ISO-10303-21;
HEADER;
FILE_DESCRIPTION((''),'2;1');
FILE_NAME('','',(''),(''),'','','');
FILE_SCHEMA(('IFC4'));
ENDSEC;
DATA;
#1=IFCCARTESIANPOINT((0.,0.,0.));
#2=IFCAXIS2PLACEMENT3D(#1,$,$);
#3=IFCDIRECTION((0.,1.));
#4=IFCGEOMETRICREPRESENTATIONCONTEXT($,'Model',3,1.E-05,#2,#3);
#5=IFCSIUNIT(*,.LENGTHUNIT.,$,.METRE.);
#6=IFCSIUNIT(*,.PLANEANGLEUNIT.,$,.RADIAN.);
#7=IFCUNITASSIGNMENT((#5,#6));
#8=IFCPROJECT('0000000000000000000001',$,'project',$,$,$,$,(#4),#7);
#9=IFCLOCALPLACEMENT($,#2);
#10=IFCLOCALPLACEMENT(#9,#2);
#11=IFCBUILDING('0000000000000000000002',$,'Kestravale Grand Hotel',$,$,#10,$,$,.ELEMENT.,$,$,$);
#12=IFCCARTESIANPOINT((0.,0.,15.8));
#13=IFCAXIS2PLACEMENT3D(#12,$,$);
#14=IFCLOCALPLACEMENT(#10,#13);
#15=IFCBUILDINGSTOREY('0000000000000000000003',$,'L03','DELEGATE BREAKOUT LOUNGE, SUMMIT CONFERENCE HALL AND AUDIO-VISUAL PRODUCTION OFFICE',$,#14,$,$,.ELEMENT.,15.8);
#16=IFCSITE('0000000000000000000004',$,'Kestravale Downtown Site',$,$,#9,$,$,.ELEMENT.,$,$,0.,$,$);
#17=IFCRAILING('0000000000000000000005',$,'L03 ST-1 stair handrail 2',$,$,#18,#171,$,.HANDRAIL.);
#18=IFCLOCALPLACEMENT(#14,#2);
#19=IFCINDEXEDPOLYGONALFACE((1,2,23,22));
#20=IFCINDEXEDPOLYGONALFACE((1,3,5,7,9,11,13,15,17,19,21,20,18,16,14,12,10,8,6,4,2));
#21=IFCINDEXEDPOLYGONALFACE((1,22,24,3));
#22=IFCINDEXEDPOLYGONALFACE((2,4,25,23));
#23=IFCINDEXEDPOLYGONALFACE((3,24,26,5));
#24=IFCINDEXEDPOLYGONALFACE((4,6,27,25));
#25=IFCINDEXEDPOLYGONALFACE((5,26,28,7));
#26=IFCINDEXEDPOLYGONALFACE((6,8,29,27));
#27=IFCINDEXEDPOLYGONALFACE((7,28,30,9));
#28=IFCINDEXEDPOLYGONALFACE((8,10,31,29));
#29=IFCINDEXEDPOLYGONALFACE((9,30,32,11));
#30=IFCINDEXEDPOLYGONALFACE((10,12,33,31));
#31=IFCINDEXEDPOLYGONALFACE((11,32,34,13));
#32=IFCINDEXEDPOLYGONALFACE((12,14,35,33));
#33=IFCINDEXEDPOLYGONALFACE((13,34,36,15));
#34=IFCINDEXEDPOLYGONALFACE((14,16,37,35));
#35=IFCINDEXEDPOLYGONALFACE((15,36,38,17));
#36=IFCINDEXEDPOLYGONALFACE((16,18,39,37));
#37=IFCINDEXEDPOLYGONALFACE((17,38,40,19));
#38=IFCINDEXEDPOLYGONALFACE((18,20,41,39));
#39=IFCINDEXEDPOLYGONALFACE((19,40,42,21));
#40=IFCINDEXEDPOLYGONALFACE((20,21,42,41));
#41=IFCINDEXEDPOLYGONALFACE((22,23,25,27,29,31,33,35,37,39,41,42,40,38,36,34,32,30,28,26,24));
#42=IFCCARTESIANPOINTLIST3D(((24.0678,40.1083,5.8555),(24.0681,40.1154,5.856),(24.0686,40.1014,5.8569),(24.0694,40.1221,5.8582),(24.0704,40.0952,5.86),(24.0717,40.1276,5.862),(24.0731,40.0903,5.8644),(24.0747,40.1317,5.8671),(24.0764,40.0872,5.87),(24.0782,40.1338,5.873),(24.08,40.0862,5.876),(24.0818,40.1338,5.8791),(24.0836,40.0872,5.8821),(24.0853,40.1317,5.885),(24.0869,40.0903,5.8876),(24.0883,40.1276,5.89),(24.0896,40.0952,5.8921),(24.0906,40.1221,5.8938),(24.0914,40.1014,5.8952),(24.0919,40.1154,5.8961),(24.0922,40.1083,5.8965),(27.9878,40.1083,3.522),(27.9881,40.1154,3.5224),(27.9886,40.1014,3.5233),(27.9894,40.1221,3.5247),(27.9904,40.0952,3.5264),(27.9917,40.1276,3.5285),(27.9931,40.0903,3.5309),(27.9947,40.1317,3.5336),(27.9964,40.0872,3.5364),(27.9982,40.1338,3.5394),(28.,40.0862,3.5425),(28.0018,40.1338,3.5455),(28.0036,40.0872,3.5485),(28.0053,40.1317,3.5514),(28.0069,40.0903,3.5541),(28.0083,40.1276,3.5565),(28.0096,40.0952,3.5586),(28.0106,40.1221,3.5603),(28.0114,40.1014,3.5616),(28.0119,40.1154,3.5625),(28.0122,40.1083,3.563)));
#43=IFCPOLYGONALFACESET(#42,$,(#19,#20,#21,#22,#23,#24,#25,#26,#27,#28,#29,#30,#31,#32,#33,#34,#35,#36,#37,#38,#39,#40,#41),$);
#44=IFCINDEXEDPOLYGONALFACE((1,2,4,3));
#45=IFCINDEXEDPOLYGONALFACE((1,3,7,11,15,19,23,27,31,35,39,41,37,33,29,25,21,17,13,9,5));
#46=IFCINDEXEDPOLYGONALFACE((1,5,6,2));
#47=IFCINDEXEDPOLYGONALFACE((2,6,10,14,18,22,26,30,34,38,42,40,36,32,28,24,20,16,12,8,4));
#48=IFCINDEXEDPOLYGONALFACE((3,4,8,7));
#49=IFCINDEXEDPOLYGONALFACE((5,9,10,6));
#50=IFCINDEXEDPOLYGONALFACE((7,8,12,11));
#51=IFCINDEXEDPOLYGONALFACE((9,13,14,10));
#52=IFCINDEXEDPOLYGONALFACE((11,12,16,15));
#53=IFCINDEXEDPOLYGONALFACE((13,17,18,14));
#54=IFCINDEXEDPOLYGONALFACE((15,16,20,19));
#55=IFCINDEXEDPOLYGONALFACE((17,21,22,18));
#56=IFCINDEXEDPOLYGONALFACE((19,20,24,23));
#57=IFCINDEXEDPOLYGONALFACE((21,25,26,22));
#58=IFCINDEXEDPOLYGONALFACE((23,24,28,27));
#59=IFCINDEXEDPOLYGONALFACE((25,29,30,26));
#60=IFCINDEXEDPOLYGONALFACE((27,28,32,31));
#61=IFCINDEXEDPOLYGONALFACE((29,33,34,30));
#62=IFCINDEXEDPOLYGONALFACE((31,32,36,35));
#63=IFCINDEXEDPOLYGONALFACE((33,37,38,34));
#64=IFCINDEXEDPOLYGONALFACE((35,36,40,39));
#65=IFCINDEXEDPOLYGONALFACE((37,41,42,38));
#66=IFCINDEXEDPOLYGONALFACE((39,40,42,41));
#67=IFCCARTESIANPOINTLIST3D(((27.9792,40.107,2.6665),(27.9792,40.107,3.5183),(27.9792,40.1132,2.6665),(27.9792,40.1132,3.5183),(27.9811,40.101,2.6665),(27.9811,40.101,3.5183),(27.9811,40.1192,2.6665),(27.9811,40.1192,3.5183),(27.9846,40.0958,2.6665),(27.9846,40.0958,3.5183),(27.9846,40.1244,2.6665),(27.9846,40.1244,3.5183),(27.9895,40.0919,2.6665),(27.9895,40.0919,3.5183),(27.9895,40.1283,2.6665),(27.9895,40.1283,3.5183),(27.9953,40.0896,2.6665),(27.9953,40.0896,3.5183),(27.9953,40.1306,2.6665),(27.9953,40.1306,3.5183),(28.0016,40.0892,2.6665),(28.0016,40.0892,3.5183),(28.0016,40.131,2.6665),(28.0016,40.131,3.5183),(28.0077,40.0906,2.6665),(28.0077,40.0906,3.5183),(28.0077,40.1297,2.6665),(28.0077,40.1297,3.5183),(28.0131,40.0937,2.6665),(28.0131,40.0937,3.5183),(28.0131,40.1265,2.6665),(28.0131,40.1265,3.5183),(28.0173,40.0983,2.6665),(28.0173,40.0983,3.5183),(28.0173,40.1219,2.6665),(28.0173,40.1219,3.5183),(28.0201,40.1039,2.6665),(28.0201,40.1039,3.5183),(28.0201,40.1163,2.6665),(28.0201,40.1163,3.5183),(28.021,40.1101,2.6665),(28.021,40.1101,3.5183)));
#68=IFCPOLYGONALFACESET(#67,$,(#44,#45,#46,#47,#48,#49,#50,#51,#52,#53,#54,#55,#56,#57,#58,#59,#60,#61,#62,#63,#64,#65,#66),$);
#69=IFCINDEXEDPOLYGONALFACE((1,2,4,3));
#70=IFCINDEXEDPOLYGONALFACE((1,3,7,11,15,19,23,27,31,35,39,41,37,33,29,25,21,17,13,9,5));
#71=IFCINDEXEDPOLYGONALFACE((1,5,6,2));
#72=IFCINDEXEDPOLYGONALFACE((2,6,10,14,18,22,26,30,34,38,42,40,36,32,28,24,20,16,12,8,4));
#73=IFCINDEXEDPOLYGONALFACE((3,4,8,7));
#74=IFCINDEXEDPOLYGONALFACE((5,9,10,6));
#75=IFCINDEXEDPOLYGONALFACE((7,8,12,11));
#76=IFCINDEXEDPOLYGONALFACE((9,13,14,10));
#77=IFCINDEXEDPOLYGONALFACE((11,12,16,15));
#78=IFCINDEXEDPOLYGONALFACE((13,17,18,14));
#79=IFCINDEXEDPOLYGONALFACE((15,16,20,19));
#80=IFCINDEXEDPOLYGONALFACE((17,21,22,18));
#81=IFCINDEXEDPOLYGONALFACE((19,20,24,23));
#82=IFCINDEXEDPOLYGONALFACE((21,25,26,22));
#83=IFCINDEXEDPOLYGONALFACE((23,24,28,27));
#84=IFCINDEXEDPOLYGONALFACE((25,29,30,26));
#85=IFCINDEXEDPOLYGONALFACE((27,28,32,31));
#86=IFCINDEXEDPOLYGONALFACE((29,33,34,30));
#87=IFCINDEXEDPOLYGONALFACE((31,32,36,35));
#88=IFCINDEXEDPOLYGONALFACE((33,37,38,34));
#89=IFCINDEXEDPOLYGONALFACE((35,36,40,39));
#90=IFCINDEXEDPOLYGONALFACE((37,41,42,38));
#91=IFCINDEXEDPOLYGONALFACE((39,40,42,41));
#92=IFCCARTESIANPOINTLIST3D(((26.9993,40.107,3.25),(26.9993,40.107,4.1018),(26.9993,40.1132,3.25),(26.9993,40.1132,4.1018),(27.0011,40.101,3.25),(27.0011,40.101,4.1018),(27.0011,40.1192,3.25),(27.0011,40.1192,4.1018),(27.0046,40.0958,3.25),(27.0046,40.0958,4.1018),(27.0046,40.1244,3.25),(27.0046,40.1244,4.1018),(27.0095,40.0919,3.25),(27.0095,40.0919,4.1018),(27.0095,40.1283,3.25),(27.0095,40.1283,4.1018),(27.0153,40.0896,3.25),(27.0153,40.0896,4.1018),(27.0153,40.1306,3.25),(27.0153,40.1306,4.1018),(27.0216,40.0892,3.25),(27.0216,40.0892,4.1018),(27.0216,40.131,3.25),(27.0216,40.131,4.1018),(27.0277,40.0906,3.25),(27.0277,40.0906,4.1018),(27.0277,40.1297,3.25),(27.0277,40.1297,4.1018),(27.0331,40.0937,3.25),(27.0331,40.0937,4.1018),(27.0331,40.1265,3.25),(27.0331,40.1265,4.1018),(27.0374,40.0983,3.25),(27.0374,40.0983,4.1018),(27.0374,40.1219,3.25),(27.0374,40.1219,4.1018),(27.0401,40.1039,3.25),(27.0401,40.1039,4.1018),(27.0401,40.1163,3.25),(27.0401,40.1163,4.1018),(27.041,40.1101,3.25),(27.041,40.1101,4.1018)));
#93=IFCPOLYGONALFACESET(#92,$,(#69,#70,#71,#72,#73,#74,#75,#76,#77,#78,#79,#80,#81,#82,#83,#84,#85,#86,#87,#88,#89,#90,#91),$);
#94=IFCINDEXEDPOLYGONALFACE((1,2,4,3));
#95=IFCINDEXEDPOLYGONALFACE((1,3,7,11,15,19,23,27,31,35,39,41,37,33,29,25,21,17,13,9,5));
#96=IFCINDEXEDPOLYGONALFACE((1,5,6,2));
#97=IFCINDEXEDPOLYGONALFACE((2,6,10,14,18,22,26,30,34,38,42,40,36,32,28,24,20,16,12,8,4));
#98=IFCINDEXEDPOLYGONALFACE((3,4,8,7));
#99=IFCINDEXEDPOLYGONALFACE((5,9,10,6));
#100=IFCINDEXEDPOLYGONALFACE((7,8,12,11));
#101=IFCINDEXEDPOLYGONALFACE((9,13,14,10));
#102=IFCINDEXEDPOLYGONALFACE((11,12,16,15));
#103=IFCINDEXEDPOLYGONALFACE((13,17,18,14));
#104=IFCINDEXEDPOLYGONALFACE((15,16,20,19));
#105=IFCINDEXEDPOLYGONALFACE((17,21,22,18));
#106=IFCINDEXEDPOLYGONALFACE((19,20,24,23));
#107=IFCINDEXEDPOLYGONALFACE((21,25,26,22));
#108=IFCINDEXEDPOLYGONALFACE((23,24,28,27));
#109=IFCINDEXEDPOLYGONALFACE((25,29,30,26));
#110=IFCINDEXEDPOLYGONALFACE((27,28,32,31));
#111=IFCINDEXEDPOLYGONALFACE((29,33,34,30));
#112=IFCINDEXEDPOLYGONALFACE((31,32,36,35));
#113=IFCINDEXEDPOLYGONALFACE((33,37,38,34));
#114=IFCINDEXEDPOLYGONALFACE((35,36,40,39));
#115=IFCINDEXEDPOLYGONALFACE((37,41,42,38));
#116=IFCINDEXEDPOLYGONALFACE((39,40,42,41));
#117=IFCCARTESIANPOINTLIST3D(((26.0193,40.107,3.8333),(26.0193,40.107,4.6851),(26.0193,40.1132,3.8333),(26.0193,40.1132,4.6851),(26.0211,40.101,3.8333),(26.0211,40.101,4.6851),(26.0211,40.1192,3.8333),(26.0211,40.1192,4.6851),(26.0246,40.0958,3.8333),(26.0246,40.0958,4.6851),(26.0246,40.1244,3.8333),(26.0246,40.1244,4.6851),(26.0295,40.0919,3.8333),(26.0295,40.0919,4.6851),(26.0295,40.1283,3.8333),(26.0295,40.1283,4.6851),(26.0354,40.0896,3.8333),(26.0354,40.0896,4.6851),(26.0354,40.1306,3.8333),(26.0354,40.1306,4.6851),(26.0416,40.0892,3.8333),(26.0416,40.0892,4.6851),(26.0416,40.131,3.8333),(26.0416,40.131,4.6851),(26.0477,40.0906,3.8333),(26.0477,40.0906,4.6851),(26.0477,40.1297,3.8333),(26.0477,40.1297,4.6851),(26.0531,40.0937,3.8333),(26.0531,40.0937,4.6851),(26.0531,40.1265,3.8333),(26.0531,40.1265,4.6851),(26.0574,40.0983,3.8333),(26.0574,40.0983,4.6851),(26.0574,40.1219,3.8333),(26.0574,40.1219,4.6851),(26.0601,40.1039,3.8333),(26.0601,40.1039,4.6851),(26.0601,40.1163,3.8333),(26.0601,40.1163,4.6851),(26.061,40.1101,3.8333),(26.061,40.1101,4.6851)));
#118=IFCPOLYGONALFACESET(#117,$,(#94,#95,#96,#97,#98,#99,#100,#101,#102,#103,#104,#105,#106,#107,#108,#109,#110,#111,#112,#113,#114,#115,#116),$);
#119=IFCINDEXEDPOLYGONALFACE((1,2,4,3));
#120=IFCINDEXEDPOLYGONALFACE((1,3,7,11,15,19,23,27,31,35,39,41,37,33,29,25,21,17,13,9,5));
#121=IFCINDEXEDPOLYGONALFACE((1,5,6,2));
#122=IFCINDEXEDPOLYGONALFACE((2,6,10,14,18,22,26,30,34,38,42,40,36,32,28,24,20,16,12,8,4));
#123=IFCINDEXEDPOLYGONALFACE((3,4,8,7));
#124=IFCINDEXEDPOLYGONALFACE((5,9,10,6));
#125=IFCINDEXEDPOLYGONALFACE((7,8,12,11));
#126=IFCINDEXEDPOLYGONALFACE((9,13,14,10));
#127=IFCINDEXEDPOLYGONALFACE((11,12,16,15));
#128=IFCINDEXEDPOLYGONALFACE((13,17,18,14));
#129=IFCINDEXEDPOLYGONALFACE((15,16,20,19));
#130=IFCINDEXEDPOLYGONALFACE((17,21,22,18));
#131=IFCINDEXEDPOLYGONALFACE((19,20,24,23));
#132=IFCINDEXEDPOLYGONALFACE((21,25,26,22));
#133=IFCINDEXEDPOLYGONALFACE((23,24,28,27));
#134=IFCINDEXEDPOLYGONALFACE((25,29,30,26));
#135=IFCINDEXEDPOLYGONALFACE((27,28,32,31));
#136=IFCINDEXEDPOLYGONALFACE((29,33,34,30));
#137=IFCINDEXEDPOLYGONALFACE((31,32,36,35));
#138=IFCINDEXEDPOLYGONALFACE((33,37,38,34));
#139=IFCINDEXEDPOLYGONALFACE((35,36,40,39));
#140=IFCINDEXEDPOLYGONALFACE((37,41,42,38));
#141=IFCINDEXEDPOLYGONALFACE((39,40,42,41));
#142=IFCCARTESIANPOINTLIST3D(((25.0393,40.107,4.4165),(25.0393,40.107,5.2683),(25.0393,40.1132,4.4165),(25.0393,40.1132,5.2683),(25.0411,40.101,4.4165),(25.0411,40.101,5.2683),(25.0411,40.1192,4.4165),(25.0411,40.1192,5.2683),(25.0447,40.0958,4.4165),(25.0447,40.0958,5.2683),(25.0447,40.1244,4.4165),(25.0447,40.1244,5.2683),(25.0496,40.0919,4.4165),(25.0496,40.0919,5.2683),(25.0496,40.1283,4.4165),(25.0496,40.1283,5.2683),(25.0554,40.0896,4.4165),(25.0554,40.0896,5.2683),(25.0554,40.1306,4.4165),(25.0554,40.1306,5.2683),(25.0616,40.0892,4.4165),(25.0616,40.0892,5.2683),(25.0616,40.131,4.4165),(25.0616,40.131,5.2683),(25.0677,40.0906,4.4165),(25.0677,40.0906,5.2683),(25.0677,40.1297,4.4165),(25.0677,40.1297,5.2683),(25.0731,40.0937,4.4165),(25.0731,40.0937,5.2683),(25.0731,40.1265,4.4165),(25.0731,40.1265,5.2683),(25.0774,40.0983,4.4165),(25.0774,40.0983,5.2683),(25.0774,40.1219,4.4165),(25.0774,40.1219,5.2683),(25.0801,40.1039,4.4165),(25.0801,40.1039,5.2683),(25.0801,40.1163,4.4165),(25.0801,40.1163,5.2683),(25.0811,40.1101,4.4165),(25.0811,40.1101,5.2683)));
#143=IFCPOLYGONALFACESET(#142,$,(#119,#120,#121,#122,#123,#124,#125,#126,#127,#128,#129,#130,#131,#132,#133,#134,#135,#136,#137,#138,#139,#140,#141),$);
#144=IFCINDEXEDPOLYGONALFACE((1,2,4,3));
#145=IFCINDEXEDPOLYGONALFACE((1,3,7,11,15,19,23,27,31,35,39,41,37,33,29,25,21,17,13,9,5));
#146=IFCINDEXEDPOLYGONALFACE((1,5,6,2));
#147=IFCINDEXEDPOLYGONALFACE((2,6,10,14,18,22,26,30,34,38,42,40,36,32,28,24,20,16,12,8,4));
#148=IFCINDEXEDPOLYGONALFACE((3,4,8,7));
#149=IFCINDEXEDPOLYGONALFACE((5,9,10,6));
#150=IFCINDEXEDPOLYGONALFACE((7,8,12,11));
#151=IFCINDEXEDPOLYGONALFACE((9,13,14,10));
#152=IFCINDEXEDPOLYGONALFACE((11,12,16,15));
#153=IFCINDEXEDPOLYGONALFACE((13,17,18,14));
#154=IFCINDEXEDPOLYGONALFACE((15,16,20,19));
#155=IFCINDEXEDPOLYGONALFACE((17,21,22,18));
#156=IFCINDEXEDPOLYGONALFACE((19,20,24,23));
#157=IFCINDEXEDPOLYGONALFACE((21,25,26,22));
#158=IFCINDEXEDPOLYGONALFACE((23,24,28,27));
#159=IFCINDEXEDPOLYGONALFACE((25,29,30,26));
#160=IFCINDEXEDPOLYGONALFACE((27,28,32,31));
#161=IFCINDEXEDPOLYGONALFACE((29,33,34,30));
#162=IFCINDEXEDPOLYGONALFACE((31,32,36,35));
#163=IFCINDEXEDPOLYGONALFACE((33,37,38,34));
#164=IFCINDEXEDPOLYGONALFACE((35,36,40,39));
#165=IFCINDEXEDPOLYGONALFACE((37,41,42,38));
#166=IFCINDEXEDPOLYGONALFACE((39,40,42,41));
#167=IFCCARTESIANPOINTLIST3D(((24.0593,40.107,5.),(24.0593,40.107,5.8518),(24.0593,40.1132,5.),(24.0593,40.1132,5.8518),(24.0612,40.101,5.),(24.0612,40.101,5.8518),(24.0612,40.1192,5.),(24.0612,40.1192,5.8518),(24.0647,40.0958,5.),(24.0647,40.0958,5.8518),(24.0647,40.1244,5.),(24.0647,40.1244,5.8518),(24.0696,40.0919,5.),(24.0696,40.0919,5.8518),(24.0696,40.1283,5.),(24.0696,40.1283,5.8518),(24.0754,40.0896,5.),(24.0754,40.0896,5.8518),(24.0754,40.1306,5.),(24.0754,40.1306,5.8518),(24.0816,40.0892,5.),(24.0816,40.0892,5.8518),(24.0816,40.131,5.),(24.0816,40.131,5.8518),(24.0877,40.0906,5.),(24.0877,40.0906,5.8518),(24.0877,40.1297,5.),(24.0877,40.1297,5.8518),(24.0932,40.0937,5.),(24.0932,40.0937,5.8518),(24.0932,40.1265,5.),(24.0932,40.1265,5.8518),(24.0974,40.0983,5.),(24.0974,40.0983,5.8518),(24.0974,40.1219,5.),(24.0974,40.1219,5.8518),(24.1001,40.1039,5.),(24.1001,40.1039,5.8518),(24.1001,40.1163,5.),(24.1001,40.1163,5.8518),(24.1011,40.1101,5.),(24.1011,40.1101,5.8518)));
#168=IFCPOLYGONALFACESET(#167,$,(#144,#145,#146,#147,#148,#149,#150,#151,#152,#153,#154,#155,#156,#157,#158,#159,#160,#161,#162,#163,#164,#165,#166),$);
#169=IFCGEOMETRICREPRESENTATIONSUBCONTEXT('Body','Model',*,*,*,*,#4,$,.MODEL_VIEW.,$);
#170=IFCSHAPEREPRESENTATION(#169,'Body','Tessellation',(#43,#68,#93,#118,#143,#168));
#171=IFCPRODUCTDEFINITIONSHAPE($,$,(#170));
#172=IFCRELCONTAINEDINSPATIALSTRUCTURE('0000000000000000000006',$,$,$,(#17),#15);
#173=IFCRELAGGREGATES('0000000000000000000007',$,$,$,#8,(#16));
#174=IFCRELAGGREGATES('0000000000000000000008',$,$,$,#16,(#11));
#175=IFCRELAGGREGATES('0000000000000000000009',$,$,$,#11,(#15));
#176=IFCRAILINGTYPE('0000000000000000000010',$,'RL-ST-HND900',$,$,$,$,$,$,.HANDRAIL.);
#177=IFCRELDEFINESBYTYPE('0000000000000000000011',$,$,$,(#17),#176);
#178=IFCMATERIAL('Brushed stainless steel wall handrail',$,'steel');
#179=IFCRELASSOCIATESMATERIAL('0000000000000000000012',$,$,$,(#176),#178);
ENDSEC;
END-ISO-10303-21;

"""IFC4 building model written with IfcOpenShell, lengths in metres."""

from ifc_helpers import new_model, si_unit, direction, frame, origin, origin_2d, place, context, subcontext, project, spatial, circle, extrude, material, type_object, element, save


model = new_model("IFC4")

# Units and contexts
model_context = context("Model", 3, precision=1e-05, world=origin(), true_north=direction((0.0, 1.0)))
body_context = subcontext(model_context, "Body", "Model", "MODEL_VIEW")
ifc_project = project(units=[si_unit("LENGTHUNIT", "METRE"), si_unit("PLANEANGLEUNIT", "RADIAN")], contexts=[model_context])

# Site, building, storey
site_placement = place(None, origin())
site = spatial("IfcSite", under=ifc_project, at=site_placement, Name="Kestravale Downtown Site", CompositionType="ELEMENT", RefElevation=0.0)
building_placement = place(site_placement, origin())
building = spatial("IfcBuilding", under=site, at=building_placement, Name="Kestravale Grand Hotel", CompositionType="ELEMENT")
storey_placement = place(building_placement, frame((0.0, 0.0, 15.8)))
storey = spatial("IfcBuildingStorey", under=building, at=storey_placement, Name="L03", Description="DELEGATE BREAKOUT LOUNGE, SUMMIT CONFERENCE HALL AND AUDIO-VISUAL PRODUCTION OFFICE", CompositionType="ELEMENT", Elevation=15.8)

# Railing
ifc_material_1 = material(Name="Brushed stainless steel wall handrail", Category="steel")
railing_type_1 = type_object("IfcRailingType", Name="RL-ST-HND900", PredefinedType="HANDRAIL", material=ifc_material_1)
railing_1_placement = place(storey_placement, frame((28.0, 40.1101, 2.6665)))
element("IfcRailing", 1, at=railing_1_placement, inside=storey, type_object=railing_type_1, Name="L03 ST-1 stair handrail 2", PredefinedType="HANDRAIL", context=body_context, shape_type="SweptSolid", body=[
    extrude(circle(Radius=0.0239, at=origin_2d()), frame((0.0, 0.0, 0.876), z_axis=(-0.859273, 0.0, 0.511518), x_axis=(0.0, -1.0, 0.0)), (0.0, 0.0, 1.0), 4.562),
    extrude(circle(Radius=0.021, at=origin_2d()), origin(), (0.0, 0.0, 1.0), 0.8518),
    extrude(circle(Radius=0.021, at=origin_2d()), frame((-0.98, 0.0, 0.5835)), (0.0, 0.0, 1.0), 0.8518),
    extrude(circle(Radius=0.021, at=origin_2d()), frame((-1.96, 0.0, 1.1667)), (0.0, 0.0, 1.0), 0.8518),
    extrude(circle(Radius=0.021, at=origin_2d()), frame((-2.9399, 0.0, 1.75)), (0.0, 0.0, 1.0), 0.8518),
    extrude(circle(Radius=0.021, at=origin_2d()), frame((-3.9199, 0.0, 2.3335)), (0.0, 0.0, 1.0), 0.8518),
])

save(model, "model.ifc")
